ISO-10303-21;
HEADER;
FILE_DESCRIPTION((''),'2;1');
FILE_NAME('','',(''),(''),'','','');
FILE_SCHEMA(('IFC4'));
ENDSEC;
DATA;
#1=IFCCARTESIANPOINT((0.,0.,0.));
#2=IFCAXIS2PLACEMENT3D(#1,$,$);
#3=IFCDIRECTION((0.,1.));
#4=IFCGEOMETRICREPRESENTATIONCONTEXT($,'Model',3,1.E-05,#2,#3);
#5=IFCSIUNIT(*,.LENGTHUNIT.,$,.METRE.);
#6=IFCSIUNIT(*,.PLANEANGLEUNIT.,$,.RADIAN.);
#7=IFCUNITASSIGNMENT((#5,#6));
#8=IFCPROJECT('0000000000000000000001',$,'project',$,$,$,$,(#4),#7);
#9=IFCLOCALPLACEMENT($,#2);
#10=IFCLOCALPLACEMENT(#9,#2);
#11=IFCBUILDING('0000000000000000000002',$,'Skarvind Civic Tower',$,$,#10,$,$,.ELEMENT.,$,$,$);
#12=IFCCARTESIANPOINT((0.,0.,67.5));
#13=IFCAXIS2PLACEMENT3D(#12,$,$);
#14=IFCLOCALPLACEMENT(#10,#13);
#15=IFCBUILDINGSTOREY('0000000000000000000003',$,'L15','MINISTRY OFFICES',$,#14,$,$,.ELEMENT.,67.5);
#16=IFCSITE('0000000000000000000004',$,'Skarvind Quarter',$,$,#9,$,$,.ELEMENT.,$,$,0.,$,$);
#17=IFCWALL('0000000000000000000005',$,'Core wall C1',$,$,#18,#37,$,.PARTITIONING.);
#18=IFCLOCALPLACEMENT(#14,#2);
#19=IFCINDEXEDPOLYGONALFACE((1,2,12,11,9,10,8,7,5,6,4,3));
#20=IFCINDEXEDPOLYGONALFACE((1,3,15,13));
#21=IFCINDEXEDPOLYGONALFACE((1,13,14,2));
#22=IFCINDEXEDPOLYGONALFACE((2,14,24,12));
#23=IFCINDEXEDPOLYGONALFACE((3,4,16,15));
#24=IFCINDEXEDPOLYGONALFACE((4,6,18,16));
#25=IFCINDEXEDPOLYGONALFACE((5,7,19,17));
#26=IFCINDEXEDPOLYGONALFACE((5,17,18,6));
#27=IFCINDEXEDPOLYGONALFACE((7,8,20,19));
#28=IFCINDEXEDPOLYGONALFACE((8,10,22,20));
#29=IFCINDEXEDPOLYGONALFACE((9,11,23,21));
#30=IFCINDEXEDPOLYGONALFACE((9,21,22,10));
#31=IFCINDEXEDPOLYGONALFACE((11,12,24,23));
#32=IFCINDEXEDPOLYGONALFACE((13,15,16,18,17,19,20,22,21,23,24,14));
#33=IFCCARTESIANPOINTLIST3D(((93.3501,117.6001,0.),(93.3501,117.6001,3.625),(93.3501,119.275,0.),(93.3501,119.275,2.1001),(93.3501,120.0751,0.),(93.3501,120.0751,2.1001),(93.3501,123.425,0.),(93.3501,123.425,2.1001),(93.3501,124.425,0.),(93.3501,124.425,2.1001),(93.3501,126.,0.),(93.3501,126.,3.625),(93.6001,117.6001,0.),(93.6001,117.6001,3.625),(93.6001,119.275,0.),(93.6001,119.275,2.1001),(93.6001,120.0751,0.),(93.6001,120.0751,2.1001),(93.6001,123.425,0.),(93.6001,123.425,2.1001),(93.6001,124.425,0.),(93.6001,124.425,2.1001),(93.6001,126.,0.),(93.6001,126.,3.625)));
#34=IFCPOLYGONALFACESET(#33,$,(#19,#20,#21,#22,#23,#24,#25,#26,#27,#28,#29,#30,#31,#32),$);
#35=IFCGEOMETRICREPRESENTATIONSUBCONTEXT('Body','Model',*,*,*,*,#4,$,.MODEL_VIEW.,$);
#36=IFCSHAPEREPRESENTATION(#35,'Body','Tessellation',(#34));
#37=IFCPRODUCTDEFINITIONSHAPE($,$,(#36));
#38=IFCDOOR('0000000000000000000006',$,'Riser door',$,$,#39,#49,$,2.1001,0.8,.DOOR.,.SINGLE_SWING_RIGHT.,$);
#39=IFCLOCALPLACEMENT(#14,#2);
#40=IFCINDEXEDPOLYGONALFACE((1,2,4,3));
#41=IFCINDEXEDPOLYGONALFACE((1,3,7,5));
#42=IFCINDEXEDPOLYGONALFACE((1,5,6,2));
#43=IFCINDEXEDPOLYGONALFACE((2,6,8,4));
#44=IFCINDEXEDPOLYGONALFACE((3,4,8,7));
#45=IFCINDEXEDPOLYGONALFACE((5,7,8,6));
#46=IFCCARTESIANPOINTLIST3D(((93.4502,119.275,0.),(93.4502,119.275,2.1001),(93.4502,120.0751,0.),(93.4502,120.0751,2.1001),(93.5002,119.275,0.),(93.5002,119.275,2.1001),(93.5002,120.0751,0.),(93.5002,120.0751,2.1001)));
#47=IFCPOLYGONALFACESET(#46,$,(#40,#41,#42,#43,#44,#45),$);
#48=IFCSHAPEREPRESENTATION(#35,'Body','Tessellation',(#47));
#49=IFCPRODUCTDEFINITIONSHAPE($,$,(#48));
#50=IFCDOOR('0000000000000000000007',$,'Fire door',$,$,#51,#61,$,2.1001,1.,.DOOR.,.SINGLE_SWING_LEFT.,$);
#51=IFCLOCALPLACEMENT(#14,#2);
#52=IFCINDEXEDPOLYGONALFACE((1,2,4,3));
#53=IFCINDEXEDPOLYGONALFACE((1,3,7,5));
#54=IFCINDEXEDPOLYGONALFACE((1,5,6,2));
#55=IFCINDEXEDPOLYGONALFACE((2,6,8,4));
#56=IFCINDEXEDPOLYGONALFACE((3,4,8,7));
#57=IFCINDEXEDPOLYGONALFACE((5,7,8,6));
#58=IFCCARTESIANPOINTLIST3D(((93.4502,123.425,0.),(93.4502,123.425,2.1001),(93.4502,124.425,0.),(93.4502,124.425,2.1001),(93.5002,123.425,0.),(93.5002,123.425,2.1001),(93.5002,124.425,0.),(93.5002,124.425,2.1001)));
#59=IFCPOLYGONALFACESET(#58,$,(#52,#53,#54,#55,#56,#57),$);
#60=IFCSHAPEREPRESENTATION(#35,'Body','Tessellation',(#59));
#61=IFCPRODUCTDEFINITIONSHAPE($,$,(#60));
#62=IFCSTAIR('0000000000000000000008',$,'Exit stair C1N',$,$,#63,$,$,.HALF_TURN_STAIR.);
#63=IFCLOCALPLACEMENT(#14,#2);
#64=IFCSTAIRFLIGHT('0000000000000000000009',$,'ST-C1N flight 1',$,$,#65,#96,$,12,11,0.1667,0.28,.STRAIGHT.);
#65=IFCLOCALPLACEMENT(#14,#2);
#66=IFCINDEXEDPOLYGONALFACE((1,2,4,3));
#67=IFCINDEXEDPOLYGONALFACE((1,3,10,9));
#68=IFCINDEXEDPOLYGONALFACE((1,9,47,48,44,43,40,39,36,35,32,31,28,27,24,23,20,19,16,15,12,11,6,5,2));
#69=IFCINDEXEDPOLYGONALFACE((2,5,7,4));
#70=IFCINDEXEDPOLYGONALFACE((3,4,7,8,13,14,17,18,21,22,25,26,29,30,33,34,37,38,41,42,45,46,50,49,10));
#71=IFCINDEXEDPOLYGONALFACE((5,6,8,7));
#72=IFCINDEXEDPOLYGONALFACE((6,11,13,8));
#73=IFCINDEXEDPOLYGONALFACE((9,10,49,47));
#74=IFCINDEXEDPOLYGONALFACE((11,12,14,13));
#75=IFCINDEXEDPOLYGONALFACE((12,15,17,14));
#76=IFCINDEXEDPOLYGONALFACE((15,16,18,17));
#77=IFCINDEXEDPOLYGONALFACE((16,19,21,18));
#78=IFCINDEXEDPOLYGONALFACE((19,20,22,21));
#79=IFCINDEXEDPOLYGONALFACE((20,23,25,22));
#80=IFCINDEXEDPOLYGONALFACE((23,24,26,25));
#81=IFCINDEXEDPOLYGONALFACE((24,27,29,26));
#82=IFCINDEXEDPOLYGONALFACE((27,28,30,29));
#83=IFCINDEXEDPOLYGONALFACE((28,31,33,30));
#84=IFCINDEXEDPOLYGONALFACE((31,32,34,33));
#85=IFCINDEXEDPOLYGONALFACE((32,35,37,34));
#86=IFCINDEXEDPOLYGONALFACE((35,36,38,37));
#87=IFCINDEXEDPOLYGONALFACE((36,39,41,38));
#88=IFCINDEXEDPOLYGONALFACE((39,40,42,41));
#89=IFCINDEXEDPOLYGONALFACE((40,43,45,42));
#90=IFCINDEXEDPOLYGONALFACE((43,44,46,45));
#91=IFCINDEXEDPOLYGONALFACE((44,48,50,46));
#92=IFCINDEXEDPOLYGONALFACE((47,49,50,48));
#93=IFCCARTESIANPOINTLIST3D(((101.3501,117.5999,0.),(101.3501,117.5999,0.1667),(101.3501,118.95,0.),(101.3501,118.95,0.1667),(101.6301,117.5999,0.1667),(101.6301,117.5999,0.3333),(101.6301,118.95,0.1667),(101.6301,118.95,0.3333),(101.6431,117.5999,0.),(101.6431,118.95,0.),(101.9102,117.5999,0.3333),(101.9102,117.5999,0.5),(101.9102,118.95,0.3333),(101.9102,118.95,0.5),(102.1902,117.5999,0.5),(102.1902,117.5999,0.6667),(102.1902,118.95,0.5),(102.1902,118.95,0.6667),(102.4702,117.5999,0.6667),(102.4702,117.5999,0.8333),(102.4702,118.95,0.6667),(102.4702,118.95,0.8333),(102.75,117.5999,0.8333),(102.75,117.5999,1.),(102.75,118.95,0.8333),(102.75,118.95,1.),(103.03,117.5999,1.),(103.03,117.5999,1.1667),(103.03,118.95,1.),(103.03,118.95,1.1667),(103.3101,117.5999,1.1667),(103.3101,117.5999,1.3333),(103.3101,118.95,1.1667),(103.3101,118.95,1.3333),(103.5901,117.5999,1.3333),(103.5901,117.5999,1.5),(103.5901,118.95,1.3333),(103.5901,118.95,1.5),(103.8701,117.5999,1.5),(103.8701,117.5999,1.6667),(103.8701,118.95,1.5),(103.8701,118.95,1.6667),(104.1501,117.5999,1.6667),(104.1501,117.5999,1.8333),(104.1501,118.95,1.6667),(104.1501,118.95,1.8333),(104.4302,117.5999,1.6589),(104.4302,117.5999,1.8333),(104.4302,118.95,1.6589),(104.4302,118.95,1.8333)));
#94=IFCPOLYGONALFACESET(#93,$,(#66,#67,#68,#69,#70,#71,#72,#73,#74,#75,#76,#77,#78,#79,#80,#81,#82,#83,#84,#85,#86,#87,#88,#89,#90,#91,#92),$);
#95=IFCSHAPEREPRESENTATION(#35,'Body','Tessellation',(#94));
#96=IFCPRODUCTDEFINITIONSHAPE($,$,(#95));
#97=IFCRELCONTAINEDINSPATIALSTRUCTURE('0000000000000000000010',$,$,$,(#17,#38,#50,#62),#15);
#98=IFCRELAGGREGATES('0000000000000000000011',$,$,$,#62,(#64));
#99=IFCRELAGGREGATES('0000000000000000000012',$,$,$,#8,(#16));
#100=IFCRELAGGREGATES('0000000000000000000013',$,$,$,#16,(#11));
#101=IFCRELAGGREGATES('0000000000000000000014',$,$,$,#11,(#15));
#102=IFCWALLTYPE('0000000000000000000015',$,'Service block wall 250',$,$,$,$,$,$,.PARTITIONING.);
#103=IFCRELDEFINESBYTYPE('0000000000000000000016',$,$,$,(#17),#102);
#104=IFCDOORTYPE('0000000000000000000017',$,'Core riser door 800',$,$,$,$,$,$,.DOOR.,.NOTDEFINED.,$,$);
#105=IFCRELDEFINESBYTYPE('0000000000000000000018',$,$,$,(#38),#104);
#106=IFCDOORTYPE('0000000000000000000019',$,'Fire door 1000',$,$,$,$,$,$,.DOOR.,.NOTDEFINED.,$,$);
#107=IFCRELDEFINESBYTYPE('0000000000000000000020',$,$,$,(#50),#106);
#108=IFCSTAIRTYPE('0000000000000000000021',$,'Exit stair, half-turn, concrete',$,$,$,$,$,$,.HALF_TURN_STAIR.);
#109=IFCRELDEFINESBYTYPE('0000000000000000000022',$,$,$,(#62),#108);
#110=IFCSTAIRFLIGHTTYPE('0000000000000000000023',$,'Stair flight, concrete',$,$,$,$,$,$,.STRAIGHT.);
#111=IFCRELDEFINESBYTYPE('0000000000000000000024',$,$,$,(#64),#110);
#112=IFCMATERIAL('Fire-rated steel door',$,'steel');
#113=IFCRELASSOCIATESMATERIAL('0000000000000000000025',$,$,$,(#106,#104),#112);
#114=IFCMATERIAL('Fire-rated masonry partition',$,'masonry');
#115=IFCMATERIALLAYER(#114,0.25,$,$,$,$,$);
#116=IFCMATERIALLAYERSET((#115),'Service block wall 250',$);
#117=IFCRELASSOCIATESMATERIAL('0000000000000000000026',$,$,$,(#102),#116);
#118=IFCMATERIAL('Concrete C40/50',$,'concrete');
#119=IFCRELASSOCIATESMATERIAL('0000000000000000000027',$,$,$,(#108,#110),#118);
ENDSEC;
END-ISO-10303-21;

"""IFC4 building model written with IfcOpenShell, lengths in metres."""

from ifc_helpers import new_model, si_unit, direction, frame, frame_2d, origin, place, context, subcontext, project, spatial, polyline, rectangle, outline, extrude, material, layer, layer_set, type_object, element, fill, aggregate, save


model = new_model("IFC4")

# Units and contexts
model_context = context("Model", 3, precision=1e-05, world=origin(), true_north=direction((0.0, 1.0)))
body_context = subcontext(model_context, "Body", "Model", "MODEL_VIEW")
ifc_project = project(units=[si_unit("LENGTHUNIT", "METRE"), si_unit("PLANEANGLEUNIT", "RADIAN")], contexts=[model_context])

# Site, building, storey
site_placement = place(None, origin())
site = spatial("IfcSite", under=ifc_project, at=site_placement, Name="Skarvind Quarter", CompositionType="ELEMENT", RefElevation=0.0)
building_placement = place(site_placement, origin())
building = spatial("IfcBuilding", under=site, at=building_placement, Name="Skarvind Civic Tower", CompositionType="ELEMENT")
storey_placement = place(building_placement, frame((0.0, 0.0, 67.5)))
storey = spatial("IfcBuildingStorey", under=building, at=storey_placement, Name="L15", Description="MINISTRY OFFICES", CompositionType="ELEMENT", Elevation=67.5)

# Shared definitions
ifc_material_1 = material(Name="Fire-rated masonry partition", Category="masonry")
ifc_material_2 = material(Name="Fire-rated steel door", Category="steel")

# Shared definitions
door_type_1 = type_object("IfcDoorType", Name="Fire door 1000", OperationType="NOTDEFINED", PredefinedType="DOOR", material=ifc_material_2)

# Shared definitions
door_type_2 = type_object("IfcDoorType", Name="Core riser door 800", OperationType="NOTDEFINED", PredefinedType="DOOR", material=ifc_material_2)

# Wall, openings, doors
ifc_layer_1 = layer(ifc_material_1, 0.25)
ifc_layer_set_1 = layer_set([ifc_layer_1], Name="Service block wall 250")
wall_type_1 = type_object("IfcWallType", Name="Service block wall 250", PredefinedType="PARTITIONING", material=ifc_layer_set_1)
wall_1_placement = place(storey_placement, frame((93.4751, 117.6001, 0.0), z_axis=(0.0, 0.0, 1.0), x_axis=(0.0, 1.0, 0.0)))
wall_1 = element("IfcWall", 1, at=wall_1_placement, inside=storey, type_object=wall_type_1, Name="Core wall C1", PredefinedType="PARTITIONING", context=body_context, shape_type="SweptSolid", body=[
    extrude(rectangle(XDim=8.3999, YDim=0.25, at=frame_2d((4.2, 0.0))), origin(), (0.0, 0.0, 1.0), 3.625),
])
opening_1_placement = place(wall_1_placement, frame((5.825, 0.0, 0.0)))
opening_1 = element("IfcOpeningElement", 2, at=opening_1_placement, cuts=wall_1, PredefinedType="OPENING", context=body_context, shape_type="SweptSolid", body=[
    extrude(rectangle(XDim=1.0, YDim=2.1001, at=frame_2d((0.5, 1.05))), frame((0.0, 0.135, 0.0), z_axis=(0.0, -1.0, 0.0), x_axis=(1.0, 0.0, 0.0)), (0.0, 0.0, 1.0), 0.27),
])
opening_2_placement = place(wall_1_placement, frame((1.675, 0.0, 0.0)))
opening_2 = element("IfcOpeningElement", 3, at=opening_2_placement, cuts=wall_1, PredefinedType="OPENING", context=body_context, shape_type="SweptSolid", body=[
    extrude(rectangle(XDim=0.8, YDim=2.1001, at=frame_2d((0.3999, 1.05))), frame((0.0, 0.135, 0.0), z_axis=(0.0, -1.0, 0.0), x_axis=(1.0, 0.0, 0.0)), (0.0, 0.0, 1.0), 0.27),
])
door_1_placement = place(opening_2_placement, origin())
door_1 = element("IfcDoor", 4, at=door_1_placement, inside=storey, type_object=door_type_2, Name="Riser door", OperationType="SINGLE_SWING_RIGHT", OverallHeight=2.1001, OverallWidth=0.8, PredefinedType="DOOR", context=body_context, shape_type="SweptSolid", body=[
    extrude(rectangle(XDim=0.8, YDim=2.1001, at=frame_2d((0.3999, 1.05))), frame((0.0, 0.0249, 0.0), z_axis=(0.0, -1.0, 0.0), x_axis=(1.0, 0.0, 0.0)), (0.0, 0.0, 1.0), 0.05),
])
fill(opening_2, door_1)
door_2_placement = place(opening_1_placement, origin())
door_2 = element("IfcDoor", 5, at=door_2_placement, inside=storey, type_object=door_type_1, Name="Fire door", OperationType="SINGLE_SWING_LEFT", OverallHeight=2.1001, OverallWidth=1.0, PredefinedType="DOOR", context=body_context, shape_type="SweptSolid", body=[
    extrude(rectangle(XDim=1.0, YDim=2.1001, at=frame_2d((0.5, 1.05))), frame((0.0, 0.0249, 0.0), z_axis=(0.0, -1.0, 0.0), x_axis=(1.0, 0.0, 0.0)), (0.0, 0.0, 1.0), 0.05),
])
fill(opening_1, door_2)

# Stair, stair flight
ifc_material_3 = material(Name="Concrete C40/50", Category="concrete")
stair_type = type_object("IfcStairType", Name="Exit stair, half-turn, concrete", PredefinedType="HALF_TURN_STAIR", material=ifc_material_3)
stair_placement = place(storey_placement, origin())
stair = element("IfcStair", 6, at=stair_placement, inside=storey, type_object=stair_type, Name="Exit stair C1N", PredefinedType="HALF_TURN_STAIR")
stair_flight_type = type_object("IfcStairFlightType", Name="Stair flight, concrete", PredefinedType="STRAIGHT", material=ifc_material_3)
stair_flight_placement = place(storey_placement, frame((101.3501, 118.2749, 0.0), z_axis=(0.0, 0.0, 1.0), x_axis=(1.0, 0.0, 0.0)))
stair_flight = element("IfcStairFlight", 7, at=stair_flight_placement, type_object=stair_flight_type, Name="ST-C1N flight 1", NumberOfRisers=12, NumberOfTreads=11, PredefinedType="STRAIGHT", RiserHeight=0.1667, TreadLength=0.28, context=body_context, shape_type="SweptSolid", body=[
    extrude(outline(polyline([(0.0, 0.0), (0.0, 0.1667), (0.28, 0.1667), (0.28, 0.3333), (0.5601, 0.3333), (0.5601, 0.5), (0.8401, 0.5), (0.8401, 0.6667), (1.1201, 0.6667), (1.1201, 0.8333), (1.3999, 0.8333), (1.3999, 1.0), (1.6799, 1.0), (1.6799, 1.1667), (1.96, 1.1667), (1.96, 1.3333), (2.24, 1.3333), (2.24, 1.5), (2.52, 1.5), (2.52, 1.6667), (2.8, 1.6667), (2.8, 1.8333), (3.0801, 1.8333), (3.0801, 2.0), (3.0801, 1.6589), (0.293, 0.0), (0.0, 0.0)])), frame((0.0, 0.675, 0.0), z_axis=(0.0, -1.0, 0.0), x_axis=(1.0, 0.0, 0.0)), (0.0, 0.0, 1.0), 1.3501),
])
aggregate(stair, [stair_flight])

save(model, "model.ifc")
